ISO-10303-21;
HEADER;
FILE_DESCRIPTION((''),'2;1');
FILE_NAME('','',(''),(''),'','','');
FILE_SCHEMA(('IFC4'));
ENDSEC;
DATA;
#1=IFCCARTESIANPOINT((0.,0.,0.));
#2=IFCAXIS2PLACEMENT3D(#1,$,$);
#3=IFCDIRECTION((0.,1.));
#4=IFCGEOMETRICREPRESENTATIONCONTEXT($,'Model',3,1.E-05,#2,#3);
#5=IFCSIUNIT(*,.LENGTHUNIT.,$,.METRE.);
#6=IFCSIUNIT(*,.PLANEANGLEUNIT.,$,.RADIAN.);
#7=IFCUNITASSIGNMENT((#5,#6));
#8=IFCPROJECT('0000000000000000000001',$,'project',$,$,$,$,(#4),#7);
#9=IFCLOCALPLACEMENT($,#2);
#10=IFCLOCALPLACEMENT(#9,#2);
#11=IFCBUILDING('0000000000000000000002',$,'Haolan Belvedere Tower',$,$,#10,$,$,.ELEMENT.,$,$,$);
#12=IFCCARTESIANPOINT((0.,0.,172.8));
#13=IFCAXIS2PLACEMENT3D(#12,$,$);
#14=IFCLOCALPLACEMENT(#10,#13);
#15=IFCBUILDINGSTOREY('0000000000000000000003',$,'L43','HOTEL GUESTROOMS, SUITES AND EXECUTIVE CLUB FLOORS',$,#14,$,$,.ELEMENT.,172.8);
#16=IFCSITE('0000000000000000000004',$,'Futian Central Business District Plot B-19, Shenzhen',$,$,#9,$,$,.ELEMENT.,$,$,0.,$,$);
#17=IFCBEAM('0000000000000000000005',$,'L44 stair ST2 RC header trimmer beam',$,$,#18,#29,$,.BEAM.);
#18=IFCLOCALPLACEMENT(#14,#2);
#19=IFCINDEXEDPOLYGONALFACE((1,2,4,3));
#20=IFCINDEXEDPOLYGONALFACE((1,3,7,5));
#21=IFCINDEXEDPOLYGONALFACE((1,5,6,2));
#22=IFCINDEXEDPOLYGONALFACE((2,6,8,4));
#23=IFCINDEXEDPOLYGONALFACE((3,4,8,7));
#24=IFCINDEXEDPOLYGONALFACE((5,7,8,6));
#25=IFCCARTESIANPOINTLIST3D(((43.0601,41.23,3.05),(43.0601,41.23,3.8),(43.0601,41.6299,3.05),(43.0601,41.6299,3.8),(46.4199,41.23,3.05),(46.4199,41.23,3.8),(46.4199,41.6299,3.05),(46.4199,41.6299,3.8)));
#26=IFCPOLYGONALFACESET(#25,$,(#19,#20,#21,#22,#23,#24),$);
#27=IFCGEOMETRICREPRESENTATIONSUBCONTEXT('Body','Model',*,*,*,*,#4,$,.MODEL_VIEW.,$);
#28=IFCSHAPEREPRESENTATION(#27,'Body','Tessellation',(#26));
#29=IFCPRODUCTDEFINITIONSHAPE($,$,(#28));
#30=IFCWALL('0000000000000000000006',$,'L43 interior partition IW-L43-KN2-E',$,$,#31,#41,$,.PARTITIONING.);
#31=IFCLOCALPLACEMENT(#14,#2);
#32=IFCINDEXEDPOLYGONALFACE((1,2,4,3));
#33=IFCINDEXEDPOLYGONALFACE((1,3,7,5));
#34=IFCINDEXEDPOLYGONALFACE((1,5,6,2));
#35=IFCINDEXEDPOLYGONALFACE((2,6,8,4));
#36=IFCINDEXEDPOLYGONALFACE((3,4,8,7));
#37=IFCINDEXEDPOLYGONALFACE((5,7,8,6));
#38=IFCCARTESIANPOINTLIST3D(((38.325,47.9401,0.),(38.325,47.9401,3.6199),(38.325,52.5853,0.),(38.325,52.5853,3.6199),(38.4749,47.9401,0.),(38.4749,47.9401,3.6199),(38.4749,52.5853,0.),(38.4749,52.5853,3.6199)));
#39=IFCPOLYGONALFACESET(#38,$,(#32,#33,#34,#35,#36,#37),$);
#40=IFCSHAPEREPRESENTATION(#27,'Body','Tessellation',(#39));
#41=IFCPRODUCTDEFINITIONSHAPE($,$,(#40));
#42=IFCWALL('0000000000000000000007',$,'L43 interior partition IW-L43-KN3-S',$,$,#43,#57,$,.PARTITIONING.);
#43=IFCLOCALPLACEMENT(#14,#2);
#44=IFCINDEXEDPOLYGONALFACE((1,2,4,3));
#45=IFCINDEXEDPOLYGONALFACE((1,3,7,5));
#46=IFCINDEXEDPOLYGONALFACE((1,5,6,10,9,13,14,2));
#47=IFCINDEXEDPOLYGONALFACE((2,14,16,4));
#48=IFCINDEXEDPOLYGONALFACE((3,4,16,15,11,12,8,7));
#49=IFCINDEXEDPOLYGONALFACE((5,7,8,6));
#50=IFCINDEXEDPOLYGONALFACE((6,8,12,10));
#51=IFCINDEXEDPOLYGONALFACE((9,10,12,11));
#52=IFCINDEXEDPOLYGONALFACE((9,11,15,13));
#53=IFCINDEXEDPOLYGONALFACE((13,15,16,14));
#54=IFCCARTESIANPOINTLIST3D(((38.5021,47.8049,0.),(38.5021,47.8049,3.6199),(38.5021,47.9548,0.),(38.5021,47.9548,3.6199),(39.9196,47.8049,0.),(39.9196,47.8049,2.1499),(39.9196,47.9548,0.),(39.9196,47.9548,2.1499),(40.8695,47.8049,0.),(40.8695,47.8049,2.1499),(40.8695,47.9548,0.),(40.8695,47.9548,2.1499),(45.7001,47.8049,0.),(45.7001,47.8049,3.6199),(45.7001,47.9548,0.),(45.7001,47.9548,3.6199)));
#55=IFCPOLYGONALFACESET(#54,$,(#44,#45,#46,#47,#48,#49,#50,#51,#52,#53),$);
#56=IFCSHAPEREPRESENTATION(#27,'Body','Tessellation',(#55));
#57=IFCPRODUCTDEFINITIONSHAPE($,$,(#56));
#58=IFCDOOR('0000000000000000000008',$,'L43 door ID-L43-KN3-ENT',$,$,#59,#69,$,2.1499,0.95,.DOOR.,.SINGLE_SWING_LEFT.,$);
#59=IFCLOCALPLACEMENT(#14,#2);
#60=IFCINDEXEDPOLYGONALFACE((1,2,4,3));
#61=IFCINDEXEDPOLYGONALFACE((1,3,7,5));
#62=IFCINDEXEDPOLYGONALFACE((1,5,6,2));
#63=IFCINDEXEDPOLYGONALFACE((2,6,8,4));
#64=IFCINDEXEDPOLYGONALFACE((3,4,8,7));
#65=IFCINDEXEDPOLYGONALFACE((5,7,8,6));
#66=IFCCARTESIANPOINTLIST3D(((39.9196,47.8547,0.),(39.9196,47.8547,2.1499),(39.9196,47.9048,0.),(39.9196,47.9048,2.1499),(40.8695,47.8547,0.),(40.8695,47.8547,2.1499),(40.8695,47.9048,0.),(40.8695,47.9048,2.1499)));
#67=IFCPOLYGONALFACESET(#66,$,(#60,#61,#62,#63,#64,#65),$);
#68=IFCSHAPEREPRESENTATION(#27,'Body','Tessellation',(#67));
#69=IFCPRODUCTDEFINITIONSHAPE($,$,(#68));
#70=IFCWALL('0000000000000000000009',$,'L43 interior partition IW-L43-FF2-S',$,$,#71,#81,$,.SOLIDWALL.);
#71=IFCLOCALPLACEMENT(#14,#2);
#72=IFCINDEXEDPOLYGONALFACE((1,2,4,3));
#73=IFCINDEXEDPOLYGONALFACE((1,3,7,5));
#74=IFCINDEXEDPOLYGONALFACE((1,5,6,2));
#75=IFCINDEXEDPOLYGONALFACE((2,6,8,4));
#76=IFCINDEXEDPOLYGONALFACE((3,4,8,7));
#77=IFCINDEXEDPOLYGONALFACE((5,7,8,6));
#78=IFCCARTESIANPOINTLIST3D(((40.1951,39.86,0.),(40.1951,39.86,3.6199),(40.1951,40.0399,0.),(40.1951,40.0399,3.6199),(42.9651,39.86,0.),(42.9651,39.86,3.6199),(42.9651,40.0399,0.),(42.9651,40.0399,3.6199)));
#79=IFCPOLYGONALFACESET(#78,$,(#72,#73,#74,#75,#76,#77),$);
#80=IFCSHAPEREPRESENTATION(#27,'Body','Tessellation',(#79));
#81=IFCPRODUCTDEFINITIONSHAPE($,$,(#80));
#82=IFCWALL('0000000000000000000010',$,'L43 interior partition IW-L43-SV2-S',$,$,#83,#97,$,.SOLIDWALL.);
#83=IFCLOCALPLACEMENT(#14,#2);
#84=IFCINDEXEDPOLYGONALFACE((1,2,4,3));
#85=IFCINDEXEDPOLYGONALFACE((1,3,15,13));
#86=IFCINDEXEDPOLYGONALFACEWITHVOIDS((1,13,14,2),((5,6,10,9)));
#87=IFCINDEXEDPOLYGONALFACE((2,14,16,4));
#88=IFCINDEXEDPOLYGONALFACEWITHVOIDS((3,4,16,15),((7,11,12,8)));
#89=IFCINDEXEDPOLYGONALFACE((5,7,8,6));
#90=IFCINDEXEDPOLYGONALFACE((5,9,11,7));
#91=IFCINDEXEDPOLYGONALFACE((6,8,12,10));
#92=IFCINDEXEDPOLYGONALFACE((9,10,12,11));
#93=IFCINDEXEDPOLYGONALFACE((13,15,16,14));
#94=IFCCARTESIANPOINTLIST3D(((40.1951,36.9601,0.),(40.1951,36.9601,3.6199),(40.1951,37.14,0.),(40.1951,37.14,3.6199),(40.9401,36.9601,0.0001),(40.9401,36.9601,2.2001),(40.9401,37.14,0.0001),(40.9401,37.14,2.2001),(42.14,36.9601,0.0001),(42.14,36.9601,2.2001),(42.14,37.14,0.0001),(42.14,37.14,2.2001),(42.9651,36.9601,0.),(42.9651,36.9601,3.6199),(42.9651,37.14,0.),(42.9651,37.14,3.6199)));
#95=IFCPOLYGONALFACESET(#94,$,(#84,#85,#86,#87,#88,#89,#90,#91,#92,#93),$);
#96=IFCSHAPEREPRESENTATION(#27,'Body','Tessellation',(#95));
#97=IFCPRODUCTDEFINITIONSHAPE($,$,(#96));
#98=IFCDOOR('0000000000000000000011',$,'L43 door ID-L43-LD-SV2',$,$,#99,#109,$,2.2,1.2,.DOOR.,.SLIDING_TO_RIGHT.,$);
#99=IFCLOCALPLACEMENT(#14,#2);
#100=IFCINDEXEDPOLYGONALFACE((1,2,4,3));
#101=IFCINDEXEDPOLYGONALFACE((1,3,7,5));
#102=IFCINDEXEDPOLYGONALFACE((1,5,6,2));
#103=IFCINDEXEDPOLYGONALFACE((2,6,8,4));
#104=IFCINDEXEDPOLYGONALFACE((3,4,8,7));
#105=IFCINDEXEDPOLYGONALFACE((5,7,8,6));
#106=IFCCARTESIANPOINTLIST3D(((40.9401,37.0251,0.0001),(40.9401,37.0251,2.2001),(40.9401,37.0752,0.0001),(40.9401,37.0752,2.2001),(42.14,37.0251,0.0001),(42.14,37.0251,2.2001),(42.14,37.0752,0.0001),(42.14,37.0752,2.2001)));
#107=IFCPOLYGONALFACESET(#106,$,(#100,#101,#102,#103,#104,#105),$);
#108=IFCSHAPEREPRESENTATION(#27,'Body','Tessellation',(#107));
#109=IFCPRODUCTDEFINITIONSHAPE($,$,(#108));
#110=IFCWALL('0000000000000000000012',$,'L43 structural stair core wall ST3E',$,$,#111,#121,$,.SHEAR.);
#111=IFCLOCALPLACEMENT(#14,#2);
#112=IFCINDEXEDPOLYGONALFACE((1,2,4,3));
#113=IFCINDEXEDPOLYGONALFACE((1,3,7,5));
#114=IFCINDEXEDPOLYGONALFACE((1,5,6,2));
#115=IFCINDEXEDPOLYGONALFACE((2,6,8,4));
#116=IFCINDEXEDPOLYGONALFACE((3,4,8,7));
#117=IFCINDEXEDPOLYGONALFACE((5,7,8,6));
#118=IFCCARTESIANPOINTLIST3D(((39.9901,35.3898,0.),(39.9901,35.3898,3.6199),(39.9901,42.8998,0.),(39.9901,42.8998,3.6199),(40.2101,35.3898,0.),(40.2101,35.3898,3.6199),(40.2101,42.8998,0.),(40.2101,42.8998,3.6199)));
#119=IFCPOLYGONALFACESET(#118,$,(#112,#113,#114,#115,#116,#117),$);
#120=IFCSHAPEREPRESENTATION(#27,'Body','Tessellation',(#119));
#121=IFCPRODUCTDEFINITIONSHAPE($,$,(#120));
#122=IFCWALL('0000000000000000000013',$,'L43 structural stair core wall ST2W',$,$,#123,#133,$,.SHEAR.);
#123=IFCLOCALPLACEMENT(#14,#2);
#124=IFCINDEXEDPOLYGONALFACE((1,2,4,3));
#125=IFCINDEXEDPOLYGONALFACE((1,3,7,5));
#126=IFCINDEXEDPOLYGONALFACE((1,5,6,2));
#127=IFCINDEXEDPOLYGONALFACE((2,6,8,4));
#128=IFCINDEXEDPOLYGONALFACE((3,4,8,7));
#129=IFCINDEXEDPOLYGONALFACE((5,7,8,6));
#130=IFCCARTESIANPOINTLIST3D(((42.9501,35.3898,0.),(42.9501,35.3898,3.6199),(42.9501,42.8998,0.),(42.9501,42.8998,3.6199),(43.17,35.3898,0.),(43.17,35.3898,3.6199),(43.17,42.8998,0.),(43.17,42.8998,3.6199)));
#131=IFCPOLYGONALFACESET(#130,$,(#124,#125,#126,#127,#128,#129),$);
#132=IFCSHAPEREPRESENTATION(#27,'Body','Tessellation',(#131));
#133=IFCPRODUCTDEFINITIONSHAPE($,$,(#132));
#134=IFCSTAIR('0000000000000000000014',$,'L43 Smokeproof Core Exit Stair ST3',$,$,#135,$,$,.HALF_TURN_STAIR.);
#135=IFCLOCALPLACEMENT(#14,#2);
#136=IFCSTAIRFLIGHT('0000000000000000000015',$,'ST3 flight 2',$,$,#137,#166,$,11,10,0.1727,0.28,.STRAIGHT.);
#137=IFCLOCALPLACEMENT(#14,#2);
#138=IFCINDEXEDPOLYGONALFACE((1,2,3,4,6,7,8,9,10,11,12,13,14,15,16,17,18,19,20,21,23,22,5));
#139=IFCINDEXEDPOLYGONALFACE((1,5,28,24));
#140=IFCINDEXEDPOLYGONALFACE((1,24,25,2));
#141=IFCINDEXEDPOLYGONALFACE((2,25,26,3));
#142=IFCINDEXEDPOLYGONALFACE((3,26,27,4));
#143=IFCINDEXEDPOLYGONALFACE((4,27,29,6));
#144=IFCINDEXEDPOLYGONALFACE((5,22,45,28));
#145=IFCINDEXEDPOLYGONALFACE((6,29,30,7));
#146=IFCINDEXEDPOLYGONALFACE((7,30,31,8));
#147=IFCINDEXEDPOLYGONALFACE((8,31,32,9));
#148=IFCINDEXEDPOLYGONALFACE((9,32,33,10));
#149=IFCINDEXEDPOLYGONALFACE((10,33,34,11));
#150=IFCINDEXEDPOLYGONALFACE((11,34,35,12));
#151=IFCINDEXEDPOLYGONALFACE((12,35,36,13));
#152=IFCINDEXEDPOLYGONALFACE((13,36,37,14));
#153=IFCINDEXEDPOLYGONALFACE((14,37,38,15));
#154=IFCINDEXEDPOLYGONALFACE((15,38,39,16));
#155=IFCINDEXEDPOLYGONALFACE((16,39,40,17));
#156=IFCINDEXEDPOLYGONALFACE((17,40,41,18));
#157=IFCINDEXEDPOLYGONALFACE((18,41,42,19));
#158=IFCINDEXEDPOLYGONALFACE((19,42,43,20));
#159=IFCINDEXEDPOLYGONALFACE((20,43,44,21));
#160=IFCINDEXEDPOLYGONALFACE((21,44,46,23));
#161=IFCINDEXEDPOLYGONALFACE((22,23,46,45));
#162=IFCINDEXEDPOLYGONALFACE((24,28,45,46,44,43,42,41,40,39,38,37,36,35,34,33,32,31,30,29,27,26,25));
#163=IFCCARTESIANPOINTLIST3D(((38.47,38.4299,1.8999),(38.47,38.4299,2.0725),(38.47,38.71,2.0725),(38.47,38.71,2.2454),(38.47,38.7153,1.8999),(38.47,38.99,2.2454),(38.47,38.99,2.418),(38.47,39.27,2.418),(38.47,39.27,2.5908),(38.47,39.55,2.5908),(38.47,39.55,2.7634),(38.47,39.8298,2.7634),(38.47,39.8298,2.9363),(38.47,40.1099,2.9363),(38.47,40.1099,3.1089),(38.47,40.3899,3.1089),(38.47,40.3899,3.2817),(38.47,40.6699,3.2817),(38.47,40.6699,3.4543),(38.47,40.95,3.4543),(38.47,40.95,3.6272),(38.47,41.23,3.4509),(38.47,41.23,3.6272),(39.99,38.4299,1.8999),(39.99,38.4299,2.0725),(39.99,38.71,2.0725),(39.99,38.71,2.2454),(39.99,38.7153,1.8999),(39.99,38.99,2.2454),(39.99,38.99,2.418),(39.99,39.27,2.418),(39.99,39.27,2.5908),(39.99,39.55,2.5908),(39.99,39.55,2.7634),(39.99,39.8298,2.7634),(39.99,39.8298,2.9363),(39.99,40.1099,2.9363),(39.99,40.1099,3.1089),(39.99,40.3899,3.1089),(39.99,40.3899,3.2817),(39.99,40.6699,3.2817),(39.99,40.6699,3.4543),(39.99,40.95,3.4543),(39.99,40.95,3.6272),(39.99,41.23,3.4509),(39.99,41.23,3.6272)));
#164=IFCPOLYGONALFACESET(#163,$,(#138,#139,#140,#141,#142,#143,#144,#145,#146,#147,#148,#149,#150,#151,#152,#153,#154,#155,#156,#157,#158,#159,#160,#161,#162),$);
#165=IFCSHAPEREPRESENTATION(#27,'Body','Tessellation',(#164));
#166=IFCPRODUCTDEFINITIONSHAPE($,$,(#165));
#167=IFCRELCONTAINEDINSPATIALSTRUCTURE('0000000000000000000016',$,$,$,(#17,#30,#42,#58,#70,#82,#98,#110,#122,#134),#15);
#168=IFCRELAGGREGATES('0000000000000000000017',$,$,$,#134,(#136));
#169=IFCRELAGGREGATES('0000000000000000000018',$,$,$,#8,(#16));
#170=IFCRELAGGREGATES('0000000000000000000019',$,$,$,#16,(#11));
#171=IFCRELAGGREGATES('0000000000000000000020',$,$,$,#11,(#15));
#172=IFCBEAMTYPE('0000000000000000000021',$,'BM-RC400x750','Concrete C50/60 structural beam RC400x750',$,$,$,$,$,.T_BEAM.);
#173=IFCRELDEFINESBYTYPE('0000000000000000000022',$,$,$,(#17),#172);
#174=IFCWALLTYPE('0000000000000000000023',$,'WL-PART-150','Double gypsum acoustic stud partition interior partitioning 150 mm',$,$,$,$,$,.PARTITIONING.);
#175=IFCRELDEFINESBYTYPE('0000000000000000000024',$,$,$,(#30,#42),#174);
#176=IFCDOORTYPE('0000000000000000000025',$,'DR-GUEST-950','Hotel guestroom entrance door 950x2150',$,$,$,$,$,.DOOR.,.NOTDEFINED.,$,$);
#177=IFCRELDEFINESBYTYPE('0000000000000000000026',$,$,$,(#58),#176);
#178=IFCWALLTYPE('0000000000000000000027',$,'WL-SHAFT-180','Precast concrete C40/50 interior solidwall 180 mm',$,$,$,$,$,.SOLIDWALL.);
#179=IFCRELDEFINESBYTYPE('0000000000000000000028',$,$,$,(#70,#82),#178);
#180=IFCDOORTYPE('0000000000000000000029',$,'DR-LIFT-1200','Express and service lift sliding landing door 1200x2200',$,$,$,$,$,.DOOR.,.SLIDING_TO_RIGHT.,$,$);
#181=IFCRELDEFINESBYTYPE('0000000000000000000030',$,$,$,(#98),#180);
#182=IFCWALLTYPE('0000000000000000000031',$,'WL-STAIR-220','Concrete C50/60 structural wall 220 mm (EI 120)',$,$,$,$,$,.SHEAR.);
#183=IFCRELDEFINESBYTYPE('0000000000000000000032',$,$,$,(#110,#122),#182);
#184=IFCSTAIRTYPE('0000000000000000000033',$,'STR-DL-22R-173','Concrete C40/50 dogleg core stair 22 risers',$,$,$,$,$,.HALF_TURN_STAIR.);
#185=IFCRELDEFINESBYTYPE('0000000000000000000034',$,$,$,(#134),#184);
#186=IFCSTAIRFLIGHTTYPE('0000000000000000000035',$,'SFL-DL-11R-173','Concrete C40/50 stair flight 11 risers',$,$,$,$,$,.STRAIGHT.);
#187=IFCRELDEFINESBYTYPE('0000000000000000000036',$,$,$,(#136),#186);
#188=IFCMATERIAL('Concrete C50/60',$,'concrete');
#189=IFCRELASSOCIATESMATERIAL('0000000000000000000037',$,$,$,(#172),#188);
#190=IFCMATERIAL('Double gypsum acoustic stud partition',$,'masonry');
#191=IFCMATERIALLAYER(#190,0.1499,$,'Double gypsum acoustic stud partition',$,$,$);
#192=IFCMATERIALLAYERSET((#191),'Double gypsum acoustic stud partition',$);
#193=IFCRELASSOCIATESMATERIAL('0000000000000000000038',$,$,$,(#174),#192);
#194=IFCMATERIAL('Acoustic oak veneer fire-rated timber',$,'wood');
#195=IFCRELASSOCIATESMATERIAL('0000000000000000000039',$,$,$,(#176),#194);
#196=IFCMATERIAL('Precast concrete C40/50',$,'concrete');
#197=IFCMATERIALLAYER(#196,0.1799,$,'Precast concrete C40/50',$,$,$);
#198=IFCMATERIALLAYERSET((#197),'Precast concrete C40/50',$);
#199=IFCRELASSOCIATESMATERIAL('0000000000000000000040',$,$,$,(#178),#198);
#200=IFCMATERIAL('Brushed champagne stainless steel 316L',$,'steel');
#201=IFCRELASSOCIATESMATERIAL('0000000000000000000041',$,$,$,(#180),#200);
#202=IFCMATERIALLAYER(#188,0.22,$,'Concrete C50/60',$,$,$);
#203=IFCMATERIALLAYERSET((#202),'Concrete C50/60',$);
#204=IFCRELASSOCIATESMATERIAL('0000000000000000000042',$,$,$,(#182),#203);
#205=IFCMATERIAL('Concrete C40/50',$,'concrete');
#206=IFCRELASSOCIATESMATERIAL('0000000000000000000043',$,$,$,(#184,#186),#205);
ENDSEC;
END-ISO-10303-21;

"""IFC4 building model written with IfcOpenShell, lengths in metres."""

from ifc_helpers import new_model, si_unit, direction, frame, frame_2d, origin, origin_2d, place, context, subcontext, project, spatial, polyline, rectangle, outline, extrude, material, layer, layer_set, material_profile, profile_set, type_object, element, fill, aggregate, save


model = new_model("IFC4")

# Units and contexts
model_context = context("Model", 3, precision=1e-05, world=origin(), true_north=direction((0.0, 1.0)))
body_context = subcontext(model_context, "Body", "Model", "MODEL_VIEW")
ifc_project = project(units=[si_unit("LENGTHUNIT", "METRE"), si_unit("PLANEANGLEUNIT", "RADIAN")], contexts=[model_context])

# Site, building, storey
site_placement = place(None, origin())
site = spatial("IfcSite", under=ifc_project, at=site_placement, Name="Futian Central Business District Plot B-19, Shenzhen", CompositionType="ELEMENT", RefElevation=0.0)
building_placement = place(site_placement, origin())
building = spatial("IfcBuilding", under=site, at=building_placement, Name="Haolan Belvedere Tower", CompositionType="ELEMENT")
storey_placement = place(building_placement, frame((0.0, 0.0, 172.8)))
storey = spatial("IfcBuildingStorey", under=building, at=storey_placement, Name="L43", Description="HOTEL GUESTROOMS, SUITES AND EXECUTIVE CLUB FLOORS", CompositionType="ELEMENT", Elevation=172.8)

# Beam
ifc_material_1 = material(Name="Concrete C50/60", Category="concrete")
ifc_material_profile = material_profile(ifc_material_1, rectangle(XDim=0.3999, YDim=0.75, at=origin_2d()), Name="Concrete C50/60")
ifc_profile_set = profile_set([ifc_material_profile], Name="Concrete C50/60")
beam_type = type_object("IfcBeamType", Name="BM-RC400x750", Description="Concrete C50/60 structural beam RC400x750", PredefinedType="T_BEAM", material=ifc_profile_set)
beam_placement = place(storey_placement, frame((43.0601, 41.4299, 3.425), z_axis=(1.0, 0.0, 0.0), x_axis=(0.0, 1.0, 0.0)))
element("IfcBeam", 1, at=beam_placement, inside=storey, type_object=beam_type, Name="L44 stair ST2 RC header trimmer beam", PredefinedType="BEAM", context=body_context, shape_type="SweptSolid", body=[
    extrude(rectangle(XDim=0.3999, YDim=0.75, at=origin_2d()), origin(), (0.0, 0.0, 1.0), 3.3599),
])

# Shared definitions
ifc_material_2 = material(Name="Concrete C40/50", Category="concrete")

# Wall
ifc_material_3 = material(Name="Double gypsum acoustic stud partition", Category="masonry")
ifc_layer_1 = layer(ifc_material_3, 0.1499, Name="Double gypsum acoustic stud partition")
ifc_layer_set_1 = layer_set([ifc_layer_1], Name="Double gypsum acoustic stud partition")
wall_type_1 = type_object("IfcWallType", Name="WL-PART-150", Description="Double gypsum acoustic stud partition interior partitioning 150 mm", PredefinedType="PARTITIONING", material=ifc_layer_set_1)
wall_1_placement = place(storey_placement, frame((38.3999, 47.9399, 0.0), z_axis=(0.0, 0.0, 1.0), x_axis=(0.0, 1.0, 0.0)))
element("IfcWall", 2, at=wall_1_placement, inside=storey, type_object=wall_type_1, Name="L43 interior partition IW-L43-KN2-E", PredefinedType="PARTITIONING", context=body_context, shape_type="SweptSolid", body=[
    extrude(rectangle(XDim=4.6453, YDim=0.1499, at=frame_2d((2.3228, 0.0))), origin(), (0.0, 0.0, 1.0), 3.6199),
])

# Wall, opening, door
wall_2_placement = place(storey_placement, frame((38.502, 47.8799, 0.0), z_axis=(0.0, 0.0, 1.0), x_axis=(1.0, 0.0, 0.0)))
wall_2 = element("IfcWall", 3, at=wall_2_placement, inside=storey, type_object=wall_type_1, Name="L43 interior partition IW-L43-KN3-S", PredefinedType="PARTITIONING", context=body_context, shape_type="SweptSolid", body=[
    extrude(rectangle(XDim=7.198, YDim=0.1499, at=frame_2d((3.5991, 0.0))), origin(), (0.0, 0.0, 1.0), 3.6199),
])
opening_1_placement = place(wall_2_placement, frame((1.4175, 0.0, 0.0)))
opening_1 = element("IfcOpeningElement", 4, at=opening_1_placement, cuts=wall_2, PredefinedType="OPENING", context=body_context, shape_type="SweptSolid", body=[
    extrude(rectangle(XDim=0.95, YDim=2.1499, at=frame_2d((0.4751, 1.075))), frame((0.0, 0.085, 0.0), z_axis=(0.0, -1.0, 0.0), x_axis=(1.0, 0.0, 0.0)), (0.0, 0.0, 1.0), 0.1699),
])
ifc_material_4 = material(Name="Acoustic oak veneer fire-rated timber", Category="wood")
door_type_1 = type_object("IfcDoorType", Name="DR-GUEST-950", Description="Hotel guestroom entrance door 950x2150", OperationType="NOTDEFINED", PredefinedType="DOOR", material=ifc_material_4)
door_1_placement = place(opening_1_placement, origin())
door_1 = element("IfcDoor", 5, at=door_1_placement, inside=storey, type_object=door_type_1, Name="L43 door ID-L43-KN3-ENT", OperationType="SINGLE_SWING_LEFT", OverallHeight=2.1499, OverallWidth=0.95, PredefinedType="DOOR", context=body_context, shape_type="SweptSolid", body=[
    extrude(rectangle(XDim=0.95, YDim=2.1499, at=frame_2d((0.4751, 1.075))), frame((0.0, 0.0249, 0.0), z_axis=(0.0, -1.0, 0.0), x_axis=(1.0, 0.0, 0.0)), (0.0, 0.0, 1.0), 0.05),
])
fill(opening_1, door_1)

# Wall
ifc_material_5 = material(Name="Precast concrete C40/50", Category="concrete")
ifc_layer_2 = layer(ifc_material_5, 0.1799, Name="Precast concrete C40/50")
ifc_layer_set_2 = layer_set([ifc_layer_2], Name="Precast concrete C40/50")
wall_type_2 = type_object("IfcWallType", Name="WL-SHAFT-180", Description="Precast concrete C40/50 interior solidwall 180 mm", PredefinedType="SOLIDWALL", material=ifc_layer_set_2)
wall_3_placement = place(storey_placement, frame((40.1951, 39.95, 0.0), z_axis=(0.0, 0.0, 1.0), x_axis=(1.0, 0.0, 0.0)))
element("IfcWall", 6, at=wall_3_placement, inside=storey, type_object=wall_type_2, Name="L43 interior partition IW-L43-FF2-S", PredefinedType="SOLIDWALL", context=body_context, shape_type="SweptSolid", body=[
    extrude(rectangle(XDim=2.77, YDim=0.1799, at=frame_2d((1.385, 0.0))), origin(), (0.0, 0.0, 1.0), 3.6199),
])

# Wall, opening, door
wall_4_placement = place(storey_placement, frame((40.1951, 37.05, 0.0), z_axis=(0.0, 0.0, 1.0), x_axis=(1.0, 0.0, 0.0)))
wall_4 = element("IfcWall", 7, at=wall_4_placement, inside=storey, type_object=wall_type_2, Name="L43 interior partition IW-L43-SV2-S", PredefinedType="SOLIDWALL", context=body_context, shape_type="SweptSolid", body=[
    extrude(rectangle(XDim=2.77, YDim=0.1799, at=frame_2d((1.385, 0.0))), origin(), (0.0, 0.0, 1.0), 3.6199),
])
opening_2_placement = place(wall_4_placement, frame((1.9451, 0.0, 0.0), z_axis=(0.0, 0.0, 1.0), x_axis=(-1.0, 0.0, 0.0)))
opening_2 = element("IfcOpeningElement", 8, at=opening_2_placement, cuts=wall_4, PredefinedType="OPENING", context=body_context, shape_type="SweptSolid", body=[
    extrude(rectangle(XDim=1.2, YDim=2.2, at=frame_2d((0.6001, 1.1001))), frame((0.0, 0.0999, 0.0), z_axis=(0.0, -1.0, 0.0), x_axis=(1.0, 0.0, 0.0)), (0.0, 0.0, 1.0), 0.2),
])
ifc_material_6 = material(Name="Brushed champagne stainless steel 316L", Category="steel")
door_type_2 = type_object("IfcDoorType", Name="DR-LIFT-1200", Description="Express and service lift sliding landing door 1200x2200", OperationType="SLIDING_TO_RIGHT", PredefinedType="DOOR", material=ifc_material_6)
door_2_placement = place(opening_2_placement, origin())
door_2 = element("IfcDoor", 9, at=door_2_placement, inside=storey, type_object=door_type_2, Name="L43 door ID-L43-LD-SV2", OperationType="SLIDING_TO_RIGHT", OverallHeight=2.2, OverallWidth=1.2, PredefinedType="DOOR", context=body_context, shape_type="SweptSolid", body=[
    extrude(rectangle(XDim=1.2, YDim=2.2, at=frame_2d((0.6001, 1.1001))), frame((0.0, 0.0249, 0.0), z_axis=(0.0, -1.0, 0.0), x_axis=(1.0, 0.0, 0.0)), (0.0, 0.0, 1.0), 0.05),
])
fill(opening_2, door_2)

# Walls
ifc_layer_3 = layer(ifc_material_1, 0.22, Name="Concrete C50/60")
ifc_layer_set_3 = layer_set([ifc_layer_3], Name="Concrete C50/60")
wall_type_3 = type_object("IfcWallType", Name="WL-STAIR-220", Description="Concrete C50/60 structural wall 220 mm (EI 120)", PredefinedType="SHEAR", material=ifc_layer_set_3)
for number, where, z_axis, x_axis, name in (
    (10, (40.1001, 35.3899, 0.0), (0.0, 0.0, 1.0), (0.0, 1.0, 0.0), "L43 structural stair core wall ST3E"),
    (11, (43.0601, 35.3899, 0.0), (0.0, 0.0, 1.0), (0.0, 1.0, 0.0), "L43 structural stair core wall ST2W"),
):
    element("IfcWall", number, at=place(storey_placement, frame(where, z_axis=z_axis, x_axis=x_axis)), inside=storey, type_object=wall_type_3, Name=name, PredefinedType="SHEAR", context=body_context, shape_type="SweptSolid", body=[
        extrude(rectangle(XDim=7.51, YDim=0.22, at=frame_2d((3.7549, 0.0))), origin(), (0.0, 0.0, 1.0), 3.6199),
    ])

# Stair, stair flight
stair_type = type_object("IfcStairType", Name="STR-DL-22R-173", Description="Concrete C40/50 dogleg core stair 22 risers", PredefinedType="HALF_TURN_STAIR", material=ifc_material_2)
stair_1_placement = place(storey_placement, origin())
stair_1 = element("IfcStair", 12, at=stair_1_placement, inside=storey, type_object=stair_type, Name="L43 Smokeproof Core Exit Stair ST3", PredefinedType="HALF_TURN_STAIR")
stair_flight_type = type_object("IfcStairFlightType", Name="SFL-DL-11R-173", Description="Concrete C40/50 stair flight 11 risers", PredefinedType="STRAIGHT", material=ifc_material_2)
stair_flight_1_placement = place(storey_placement, frame((39.23, 38.4299, 1.8999), z_axis=(0.0, 0.0, 1.0), x_axis=(0.0, 1.0, 0.0)))
stair_flight_1 = element("IfcStairFlight", 13, at=stair_flight_1_placement, type_object=stair_flight_type, Name="ST3 flight 2", NumberOfRisers=11, NumberOfTreads=10, PredefinedType="STRAIGHT", RiserHeight=0.1727, TreadLength=0.28, context=body_context, shape_type="SweptSolid", body=[
    extrude(outline(polyline([(0.0, 0.0), (0.0, 0.1726), (0.28, 0.1726), (0.28, 0.3455), (0.5601, 0.3455), (0.5601, 0.5181), (0.8401, 0.5181), (0.8401, 0.6909), (1.1201, 0.6909), (1.1201, 0.8635), (1.3999, 0.8635), (1.3999, 1.0364), (1.6799, 1.0364), (1.6799, 1.209), (1.96, 1.209), (1.96, 1.3818), (2.24, 1.3818), (2.24, 1.5544), (2.52, 1.5544), (2.52, 1.7273), (2.8, 1.7273), (2.8, 1.8999), (2.8, 1.551), (0.2854, 0.0), (0.0, 0.0)])), frame((0.0, 0.76, 0.0), z_axis=(0.0, -1.0, 0.0), x_axis=(1.0, 0.0, 0.0)), (0.0, 0.0, 1.0), 1.52),
])
aggregate(stair_1, [stair_flight_1])

save(model, "model.ifc")
